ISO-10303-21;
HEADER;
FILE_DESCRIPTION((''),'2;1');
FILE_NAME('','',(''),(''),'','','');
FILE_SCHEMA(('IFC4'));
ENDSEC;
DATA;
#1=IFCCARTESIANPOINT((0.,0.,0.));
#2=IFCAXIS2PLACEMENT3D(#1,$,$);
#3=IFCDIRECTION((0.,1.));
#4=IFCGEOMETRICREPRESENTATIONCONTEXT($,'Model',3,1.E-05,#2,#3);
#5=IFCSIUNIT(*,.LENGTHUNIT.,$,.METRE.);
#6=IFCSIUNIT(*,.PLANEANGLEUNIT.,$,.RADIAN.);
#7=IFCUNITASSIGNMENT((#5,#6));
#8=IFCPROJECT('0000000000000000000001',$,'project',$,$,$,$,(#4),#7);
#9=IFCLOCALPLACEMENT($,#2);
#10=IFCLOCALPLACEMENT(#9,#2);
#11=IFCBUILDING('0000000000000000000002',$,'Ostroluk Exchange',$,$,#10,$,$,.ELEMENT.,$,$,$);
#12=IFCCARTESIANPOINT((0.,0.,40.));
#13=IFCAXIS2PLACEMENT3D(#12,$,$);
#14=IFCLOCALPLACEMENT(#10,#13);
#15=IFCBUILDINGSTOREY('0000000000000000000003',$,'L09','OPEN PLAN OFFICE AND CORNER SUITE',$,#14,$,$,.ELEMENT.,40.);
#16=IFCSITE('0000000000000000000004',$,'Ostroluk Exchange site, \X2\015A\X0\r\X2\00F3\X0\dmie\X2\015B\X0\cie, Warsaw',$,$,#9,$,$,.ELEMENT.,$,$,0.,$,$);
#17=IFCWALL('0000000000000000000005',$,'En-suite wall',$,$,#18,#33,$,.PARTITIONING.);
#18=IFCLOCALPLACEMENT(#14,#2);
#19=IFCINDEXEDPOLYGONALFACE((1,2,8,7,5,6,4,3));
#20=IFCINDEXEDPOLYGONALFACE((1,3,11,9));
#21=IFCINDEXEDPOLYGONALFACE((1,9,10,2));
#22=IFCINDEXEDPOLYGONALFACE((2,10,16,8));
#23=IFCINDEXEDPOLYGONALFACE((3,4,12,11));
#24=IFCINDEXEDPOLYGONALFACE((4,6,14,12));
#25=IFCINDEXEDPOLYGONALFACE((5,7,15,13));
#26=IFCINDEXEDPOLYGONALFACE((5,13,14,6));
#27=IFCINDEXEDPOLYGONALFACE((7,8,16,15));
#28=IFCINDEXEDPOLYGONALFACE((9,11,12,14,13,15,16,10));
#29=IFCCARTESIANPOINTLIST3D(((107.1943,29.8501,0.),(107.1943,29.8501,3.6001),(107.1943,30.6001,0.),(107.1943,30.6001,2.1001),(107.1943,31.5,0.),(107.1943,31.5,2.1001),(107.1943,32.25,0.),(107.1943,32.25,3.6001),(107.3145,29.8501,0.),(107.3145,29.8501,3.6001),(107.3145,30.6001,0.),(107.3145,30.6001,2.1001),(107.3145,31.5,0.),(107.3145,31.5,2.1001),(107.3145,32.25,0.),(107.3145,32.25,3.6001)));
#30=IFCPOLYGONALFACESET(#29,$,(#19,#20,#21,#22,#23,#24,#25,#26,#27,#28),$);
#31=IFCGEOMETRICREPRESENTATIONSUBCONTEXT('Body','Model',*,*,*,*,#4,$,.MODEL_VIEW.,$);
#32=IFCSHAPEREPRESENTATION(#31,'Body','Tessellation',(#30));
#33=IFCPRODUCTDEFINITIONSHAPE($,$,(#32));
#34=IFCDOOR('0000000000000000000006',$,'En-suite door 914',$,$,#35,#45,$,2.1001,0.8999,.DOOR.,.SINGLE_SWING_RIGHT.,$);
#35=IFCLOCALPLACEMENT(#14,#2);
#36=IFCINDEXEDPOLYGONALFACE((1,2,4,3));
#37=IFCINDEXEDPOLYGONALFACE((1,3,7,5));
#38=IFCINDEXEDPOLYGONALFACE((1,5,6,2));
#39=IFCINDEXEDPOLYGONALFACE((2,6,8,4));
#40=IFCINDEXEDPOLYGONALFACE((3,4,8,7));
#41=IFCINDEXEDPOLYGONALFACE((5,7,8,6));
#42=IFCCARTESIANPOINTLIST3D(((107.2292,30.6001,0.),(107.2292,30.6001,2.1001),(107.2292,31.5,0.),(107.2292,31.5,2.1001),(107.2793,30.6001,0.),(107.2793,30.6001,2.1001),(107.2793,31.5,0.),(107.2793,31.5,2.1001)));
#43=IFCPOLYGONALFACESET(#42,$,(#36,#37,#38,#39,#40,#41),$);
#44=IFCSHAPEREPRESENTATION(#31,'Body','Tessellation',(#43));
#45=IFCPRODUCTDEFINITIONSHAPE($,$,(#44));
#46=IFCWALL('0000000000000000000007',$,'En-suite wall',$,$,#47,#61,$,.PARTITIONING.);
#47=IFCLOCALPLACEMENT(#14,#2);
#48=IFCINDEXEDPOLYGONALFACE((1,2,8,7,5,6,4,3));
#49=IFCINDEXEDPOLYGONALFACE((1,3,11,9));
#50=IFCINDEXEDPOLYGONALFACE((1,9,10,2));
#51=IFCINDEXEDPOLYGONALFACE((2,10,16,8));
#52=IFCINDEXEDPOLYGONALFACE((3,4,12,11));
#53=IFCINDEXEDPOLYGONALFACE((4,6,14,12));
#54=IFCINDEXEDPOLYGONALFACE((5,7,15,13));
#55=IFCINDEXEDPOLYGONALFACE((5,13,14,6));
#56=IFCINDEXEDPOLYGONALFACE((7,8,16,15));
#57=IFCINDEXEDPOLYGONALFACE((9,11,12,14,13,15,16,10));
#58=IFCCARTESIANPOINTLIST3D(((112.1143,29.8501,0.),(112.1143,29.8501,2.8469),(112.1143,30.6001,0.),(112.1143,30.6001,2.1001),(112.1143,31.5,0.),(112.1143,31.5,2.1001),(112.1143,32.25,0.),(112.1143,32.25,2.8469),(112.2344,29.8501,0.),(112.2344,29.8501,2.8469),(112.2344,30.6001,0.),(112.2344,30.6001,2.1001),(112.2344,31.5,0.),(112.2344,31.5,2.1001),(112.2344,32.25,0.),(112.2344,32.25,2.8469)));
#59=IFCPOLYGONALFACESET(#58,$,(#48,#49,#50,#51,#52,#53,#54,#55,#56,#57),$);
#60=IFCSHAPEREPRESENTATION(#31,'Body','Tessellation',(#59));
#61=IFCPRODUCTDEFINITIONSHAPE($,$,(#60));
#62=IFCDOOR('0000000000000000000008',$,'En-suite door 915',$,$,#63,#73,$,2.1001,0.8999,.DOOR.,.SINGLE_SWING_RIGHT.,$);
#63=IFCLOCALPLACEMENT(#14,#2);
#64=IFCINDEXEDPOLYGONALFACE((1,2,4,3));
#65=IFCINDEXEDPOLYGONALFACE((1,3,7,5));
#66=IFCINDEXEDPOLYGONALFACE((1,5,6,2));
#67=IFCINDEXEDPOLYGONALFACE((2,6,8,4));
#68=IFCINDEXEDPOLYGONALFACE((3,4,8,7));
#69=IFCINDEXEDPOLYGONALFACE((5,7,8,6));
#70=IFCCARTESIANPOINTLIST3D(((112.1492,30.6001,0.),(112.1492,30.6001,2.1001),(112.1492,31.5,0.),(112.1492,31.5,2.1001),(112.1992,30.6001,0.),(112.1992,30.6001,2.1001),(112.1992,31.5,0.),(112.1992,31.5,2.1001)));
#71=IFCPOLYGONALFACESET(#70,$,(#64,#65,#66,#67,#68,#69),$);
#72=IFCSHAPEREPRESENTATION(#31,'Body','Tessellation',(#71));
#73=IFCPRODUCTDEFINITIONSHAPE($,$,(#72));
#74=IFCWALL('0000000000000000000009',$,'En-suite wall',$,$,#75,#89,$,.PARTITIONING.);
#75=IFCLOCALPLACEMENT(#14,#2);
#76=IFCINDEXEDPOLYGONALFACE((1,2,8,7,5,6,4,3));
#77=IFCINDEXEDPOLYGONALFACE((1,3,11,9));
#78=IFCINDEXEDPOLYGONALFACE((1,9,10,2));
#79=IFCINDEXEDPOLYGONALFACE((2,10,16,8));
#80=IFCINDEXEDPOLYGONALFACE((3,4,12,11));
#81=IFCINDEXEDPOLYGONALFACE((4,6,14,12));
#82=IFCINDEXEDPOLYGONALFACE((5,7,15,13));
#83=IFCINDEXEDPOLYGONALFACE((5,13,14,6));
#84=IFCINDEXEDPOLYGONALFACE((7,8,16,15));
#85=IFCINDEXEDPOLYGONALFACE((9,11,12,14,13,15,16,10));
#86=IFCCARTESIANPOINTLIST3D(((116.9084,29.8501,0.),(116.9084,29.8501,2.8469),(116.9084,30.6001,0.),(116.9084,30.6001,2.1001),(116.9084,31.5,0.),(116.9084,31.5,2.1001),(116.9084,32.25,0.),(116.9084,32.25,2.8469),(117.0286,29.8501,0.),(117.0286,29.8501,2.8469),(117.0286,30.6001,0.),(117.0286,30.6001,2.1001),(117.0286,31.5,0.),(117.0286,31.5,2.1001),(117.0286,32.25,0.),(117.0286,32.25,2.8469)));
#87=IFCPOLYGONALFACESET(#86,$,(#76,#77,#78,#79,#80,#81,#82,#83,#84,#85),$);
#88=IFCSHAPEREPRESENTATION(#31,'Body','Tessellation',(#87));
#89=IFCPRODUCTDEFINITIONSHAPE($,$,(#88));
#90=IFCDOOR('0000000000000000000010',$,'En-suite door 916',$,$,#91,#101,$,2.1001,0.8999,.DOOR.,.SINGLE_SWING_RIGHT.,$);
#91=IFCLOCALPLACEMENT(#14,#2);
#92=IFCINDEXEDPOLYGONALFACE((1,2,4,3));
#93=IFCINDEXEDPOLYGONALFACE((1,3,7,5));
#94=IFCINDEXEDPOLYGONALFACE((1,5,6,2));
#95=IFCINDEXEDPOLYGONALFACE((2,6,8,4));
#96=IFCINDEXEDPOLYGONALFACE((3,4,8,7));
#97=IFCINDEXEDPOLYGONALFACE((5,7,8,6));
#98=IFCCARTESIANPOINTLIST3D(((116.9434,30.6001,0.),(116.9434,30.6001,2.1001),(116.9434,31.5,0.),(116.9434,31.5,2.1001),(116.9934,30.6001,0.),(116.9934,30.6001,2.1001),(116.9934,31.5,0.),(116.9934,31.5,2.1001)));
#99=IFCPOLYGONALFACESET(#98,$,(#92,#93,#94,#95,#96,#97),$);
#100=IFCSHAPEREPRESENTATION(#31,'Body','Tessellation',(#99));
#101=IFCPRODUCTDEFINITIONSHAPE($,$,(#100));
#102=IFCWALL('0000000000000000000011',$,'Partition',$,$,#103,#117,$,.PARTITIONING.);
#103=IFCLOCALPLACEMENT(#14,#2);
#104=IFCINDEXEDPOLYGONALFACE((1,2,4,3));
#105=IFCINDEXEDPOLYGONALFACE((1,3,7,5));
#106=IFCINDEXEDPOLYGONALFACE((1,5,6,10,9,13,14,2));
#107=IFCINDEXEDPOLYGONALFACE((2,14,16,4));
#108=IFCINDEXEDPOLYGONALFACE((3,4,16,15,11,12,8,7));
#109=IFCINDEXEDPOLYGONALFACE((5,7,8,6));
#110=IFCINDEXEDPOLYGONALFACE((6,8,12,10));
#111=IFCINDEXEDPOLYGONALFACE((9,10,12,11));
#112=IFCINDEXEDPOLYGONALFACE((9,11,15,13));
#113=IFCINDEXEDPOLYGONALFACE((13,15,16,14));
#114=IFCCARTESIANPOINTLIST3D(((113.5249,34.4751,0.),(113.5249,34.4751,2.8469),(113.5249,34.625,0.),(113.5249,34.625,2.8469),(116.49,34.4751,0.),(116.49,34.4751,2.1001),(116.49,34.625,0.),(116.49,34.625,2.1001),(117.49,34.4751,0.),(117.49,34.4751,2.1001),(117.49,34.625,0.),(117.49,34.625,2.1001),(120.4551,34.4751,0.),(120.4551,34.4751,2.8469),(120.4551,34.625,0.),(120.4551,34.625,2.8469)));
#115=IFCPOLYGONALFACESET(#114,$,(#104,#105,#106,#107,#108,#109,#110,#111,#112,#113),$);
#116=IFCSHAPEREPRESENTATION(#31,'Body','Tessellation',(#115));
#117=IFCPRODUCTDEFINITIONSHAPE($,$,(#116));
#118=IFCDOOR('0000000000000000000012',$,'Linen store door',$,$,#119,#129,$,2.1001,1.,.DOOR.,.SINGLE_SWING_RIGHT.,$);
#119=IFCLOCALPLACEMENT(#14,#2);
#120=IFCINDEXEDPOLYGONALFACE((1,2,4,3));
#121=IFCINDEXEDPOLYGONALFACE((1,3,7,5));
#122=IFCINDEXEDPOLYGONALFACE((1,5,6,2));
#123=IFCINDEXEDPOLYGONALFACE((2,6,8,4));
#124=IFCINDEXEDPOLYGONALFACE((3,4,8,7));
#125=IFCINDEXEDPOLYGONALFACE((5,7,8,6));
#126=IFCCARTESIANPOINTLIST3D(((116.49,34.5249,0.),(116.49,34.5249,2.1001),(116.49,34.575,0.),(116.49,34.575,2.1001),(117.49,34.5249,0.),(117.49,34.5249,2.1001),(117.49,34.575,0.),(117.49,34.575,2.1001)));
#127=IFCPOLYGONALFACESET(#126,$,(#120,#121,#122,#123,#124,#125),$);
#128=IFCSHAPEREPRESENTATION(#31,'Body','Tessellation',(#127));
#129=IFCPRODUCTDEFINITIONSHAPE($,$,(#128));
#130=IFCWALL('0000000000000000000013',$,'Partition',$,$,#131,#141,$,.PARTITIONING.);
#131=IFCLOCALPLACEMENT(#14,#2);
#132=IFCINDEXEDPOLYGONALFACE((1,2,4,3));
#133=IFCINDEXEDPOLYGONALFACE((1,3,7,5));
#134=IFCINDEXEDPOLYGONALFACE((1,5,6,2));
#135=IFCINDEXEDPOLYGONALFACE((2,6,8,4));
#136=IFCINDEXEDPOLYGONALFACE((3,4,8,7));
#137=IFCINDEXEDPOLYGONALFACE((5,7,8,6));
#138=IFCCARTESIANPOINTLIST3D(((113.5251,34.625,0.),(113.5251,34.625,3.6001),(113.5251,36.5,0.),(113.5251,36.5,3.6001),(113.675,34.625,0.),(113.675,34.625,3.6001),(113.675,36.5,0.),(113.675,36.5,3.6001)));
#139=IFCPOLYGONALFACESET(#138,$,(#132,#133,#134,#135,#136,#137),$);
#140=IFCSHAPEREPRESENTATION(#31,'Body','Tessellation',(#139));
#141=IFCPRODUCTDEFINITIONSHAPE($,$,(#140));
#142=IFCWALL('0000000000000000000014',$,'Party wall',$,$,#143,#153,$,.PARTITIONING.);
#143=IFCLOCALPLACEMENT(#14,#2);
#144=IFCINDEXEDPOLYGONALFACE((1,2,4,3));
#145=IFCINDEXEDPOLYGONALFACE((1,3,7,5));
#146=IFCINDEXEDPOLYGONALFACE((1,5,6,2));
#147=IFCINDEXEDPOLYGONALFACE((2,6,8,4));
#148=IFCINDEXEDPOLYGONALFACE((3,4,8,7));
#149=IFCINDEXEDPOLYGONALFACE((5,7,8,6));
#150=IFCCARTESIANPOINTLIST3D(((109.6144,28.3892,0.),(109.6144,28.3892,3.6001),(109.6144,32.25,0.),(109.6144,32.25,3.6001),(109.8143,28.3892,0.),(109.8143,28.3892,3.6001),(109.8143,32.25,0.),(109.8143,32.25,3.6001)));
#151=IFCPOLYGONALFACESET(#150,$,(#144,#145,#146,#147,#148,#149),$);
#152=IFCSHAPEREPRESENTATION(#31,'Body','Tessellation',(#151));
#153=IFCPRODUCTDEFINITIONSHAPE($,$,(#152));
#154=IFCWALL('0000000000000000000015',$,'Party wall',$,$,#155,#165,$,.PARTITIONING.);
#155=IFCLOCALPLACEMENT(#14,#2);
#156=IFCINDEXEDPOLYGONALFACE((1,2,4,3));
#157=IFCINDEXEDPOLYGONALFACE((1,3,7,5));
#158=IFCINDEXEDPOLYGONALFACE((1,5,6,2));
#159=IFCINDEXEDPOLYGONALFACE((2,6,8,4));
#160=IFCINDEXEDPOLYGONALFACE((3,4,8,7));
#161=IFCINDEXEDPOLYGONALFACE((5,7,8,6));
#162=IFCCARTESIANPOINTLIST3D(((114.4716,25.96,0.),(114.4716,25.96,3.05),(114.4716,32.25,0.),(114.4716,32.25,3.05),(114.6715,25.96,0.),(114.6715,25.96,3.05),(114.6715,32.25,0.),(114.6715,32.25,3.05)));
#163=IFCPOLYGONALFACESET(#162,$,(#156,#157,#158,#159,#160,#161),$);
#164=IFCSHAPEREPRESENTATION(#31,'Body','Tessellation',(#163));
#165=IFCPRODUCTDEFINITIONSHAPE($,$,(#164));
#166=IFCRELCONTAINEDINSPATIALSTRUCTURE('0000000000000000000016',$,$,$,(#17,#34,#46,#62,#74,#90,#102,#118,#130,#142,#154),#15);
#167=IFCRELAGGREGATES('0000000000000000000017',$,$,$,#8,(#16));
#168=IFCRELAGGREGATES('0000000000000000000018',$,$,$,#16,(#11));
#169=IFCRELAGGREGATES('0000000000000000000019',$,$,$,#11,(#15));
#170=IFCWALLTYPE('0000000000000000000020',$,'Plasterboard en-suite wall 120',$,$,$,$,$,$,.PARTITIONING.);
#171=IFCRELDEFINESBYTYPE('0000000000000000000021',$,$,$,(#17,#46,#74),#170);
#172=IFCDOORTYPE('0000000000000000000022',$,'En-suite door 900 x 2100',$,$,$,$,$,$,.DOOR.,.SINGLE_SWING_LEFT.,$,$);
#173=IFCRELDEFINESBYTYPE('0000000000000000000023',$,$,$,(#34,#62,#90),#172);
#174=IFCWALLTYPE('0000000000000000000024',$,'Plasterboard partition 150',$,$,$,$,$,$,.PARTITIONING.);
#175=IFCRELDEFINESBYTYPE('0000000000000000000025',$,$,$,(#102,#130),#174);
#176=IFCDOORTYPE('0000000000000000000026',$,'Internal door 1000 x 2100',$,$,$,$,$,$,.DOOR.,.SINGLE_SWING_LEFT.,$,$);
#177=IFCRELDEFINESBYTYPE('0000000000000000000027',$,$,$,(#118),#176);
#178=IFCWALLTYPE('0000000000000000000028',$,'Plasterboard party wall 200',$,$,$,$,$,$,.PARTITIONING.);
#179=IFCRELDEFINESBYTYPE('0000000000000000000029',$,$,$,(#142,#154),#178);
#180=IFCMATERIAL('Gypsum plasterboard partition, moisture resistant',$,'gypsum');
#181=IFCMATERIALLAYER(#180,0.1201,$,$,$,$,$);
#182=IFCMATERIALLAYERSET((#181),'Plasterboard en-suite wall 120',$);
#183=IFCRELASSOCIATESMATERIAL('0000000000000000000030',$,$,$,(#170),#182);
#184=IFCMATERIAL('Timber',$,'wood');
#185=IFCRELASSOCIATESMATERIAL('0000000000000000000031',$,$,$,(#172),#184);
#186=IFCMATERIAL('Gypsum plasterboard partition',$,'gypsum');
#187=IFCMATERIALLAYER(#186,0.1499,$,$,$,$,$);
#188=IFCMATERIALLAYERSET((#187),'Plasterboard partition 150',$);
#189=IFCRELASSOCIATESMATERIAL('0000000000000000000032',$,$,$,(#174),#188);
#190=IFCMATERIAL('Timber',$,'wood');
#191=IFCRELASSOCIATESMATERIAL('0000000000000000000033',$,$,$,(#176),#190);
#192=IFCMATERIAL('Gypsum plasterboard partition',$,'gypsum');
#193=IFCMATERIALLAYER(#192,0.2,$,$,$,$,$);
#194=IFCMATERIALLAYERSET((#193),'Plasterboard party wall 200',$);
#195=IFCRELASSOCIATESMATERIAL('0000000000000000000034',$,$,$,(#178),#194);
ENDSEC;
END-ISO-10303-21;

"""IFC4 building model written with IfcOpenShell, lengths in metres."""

from ifc_helpers import new_model, si_unit, direction, frame, frame_2d, origin, place, context, subcontext, project, spatial, rectangle, extrude, material, layer, layer_set, type_object, element, fill, save


model = new_model("IFC4")

# Units and contexts
model_context = context("Model", 3, precision=1e-05, world=origin(), true_north=direction((0.0, 1.0)))
body_context = subcontext(model_context, "Body", "Model", "MODEL_VIEW")
ifc_project = project(units=[si_unit("LENGTHUNIT", "METRE"), si_unit("PLANEANGLEUNIT", "RADIAN")], contexts=[model_context])

# Site, building, storey
site_placement = place(None, origin())
site = spatial("IfcSite", under=ifc_project, at=site_placement, Name="Ostroluk Exchange site, Śródmieście, Warsaw", CompositionType="ELEMENT", RefElevation=0.0)
building_placement = place(site_placement, origin())
building = spatial("IfcBuilding", under=site, at=building_placement, Name="Ostroluk Exchange", CompositionType="ELEMENT")
storey_placement = place(building_placement, frame((0.0, 0.0, 40.0)))
storey = spatial("IfcBuildingStorey", under=building, at=storey_placement, Name="L09", Description="OPEN PLAN OFFICE AND CORNER SUITE", CompositionType="ELEMENT", Elevation=40.0)

# Walls, openings, doors
ifc_material_1 = material(Name="Gypsum plasterboard partition, moisture resistant", Category="gypsum")
ifc_layer_1 = layer(ifc_material_1, 0.1201)
ifc_layer_set_1 = layer_set([ifc_layer_1], Name="Plasterboard en-suite wall 120")
wall_type_1 = type_object("IfcWallType", Name="Plasterboard en-suite wall 120", PredefinedType="PARTITIONING", material=ifc_layer_set_1)
wall_1_placement = place(storey_placement, frame((107.2544, 32.25, 0.0), z_axis=(0.0, 0.0, 1.0), x_axis=(0.0, -1.0, 0.0)))
wall_1 = element("IfcWall", 1, at=wall_1_placement, inside=storey, type_object=wall_type_1, Name="En-suite wall", PredefinedType="PARTITIONING", context=body_context, shape_type="SweptSolid", body=[
    extrude(rectangle(XDim=2.3999, YDim=0.1201, at=frame_2d((1.2, 0.0))), origin(), (0.0, 0.0, 1.0), 3.6001),
])
opening_1_placement = place(wall_1_placement, frame((0.75, 0.0, 0.0)))
opening_1 = element("IfcOpeningElement", 2, at=opening_1_placement, cuts=wall_1, PredefinedType="OPENING", context=body_context, shape_type="SweptSolid", body=[
    extrude(rectangle(XDim=0.8999, YDim=2.1001, at=frame_2d((0.45, 1.05))), frame((0.0, 0.0701, 0.0), z_axis=(0.0, -1.0, 0.0), x_axis=(1.0, 0.0, 0.0)), (0.0, 0.0, 1.0), 0.1401),
])
ifc_material_2 = material(Name="Timber", Category="wood")
door_type_1 = type_object("IfcDoorType", Name="En-suite door 900 x 2100", OperationType="SINGLE_SWING_LEFT", PredefinedType="DOOR", material=ifc_material_2)
door_1_placement = place(opening_1_placement, origin())
door_1 = element("IfcDoor", 3, at=door_1_placement, inside=storey, type_object=door_type_1, Name="En-suite door 914", OperationType="SINGLE_SWING_RIGHT", OverallHeight=2.1001, OverallWidth=0.8999, PredefinedType="DOOR", context=body_context, shape_type="SweptSolid", body=[
    extrude(rectangle(XDim=0.8999, YDim=2.1001, at=frame_2d((0.45, 1.05))), frame((0.0, 0.0249, 0.0), z_axis=(0.0, -1.0, 0.0), x_axis=(1.0, 0.0, 0.0)), (0.0, 0.0, 1.0), 0.05),
])
fill(opening_1, door_1)
wall_2_placement = place(storey_placement, frame((112.1743, 32.25, 0.0), z_axis=(0.0, 0.0, 1.0), x_axis=(0.0, -1.0, 0.0)))
wall_2 = element("IfcWall", 4, at=wall_2_placement, inside=storey, type_object=wall_type_1, Name="En-suite wall", PredefinedType="PARTITIONING", context=body_context, shape_type="SweptSolid", body=[
    extrude(rectangle(XDim=2.3999, YDim=0.1201, at=frame_2d((1.2, 0.0))), origin(), (0.0, 0.0, 1.0), 2.8469),
])
opening_2_placement = place(wall_2_placement, frame((0.75, 0.0, 0.0)))
opening_2 = element("IfcOpeningElement", 5, at=opening_2_placement, cuts=wall_2, PredefinedType="OPENING", context=body_context, shape_type="SweptSolid", body=[
    extrude(rectangle(XDim=0.8999, YDim=2.1001, at=frame_2d((0.45, 1.05))), frame((0.0, 0.0701, 0.0), z_axis=(0.0, -1.0, 0.0), x_axis=(1.0, 0.0, 0.0)), (0.0, 0.0, 1.0), 0.1401),
])
door_2_placement = place(opening_2_placement, origin())
door_2 = element("IfcDoor", 6, at=door_2_placement, inside=storey, type_object=door_type_1, Name="En-suite door 915", OperationType="SINGLE_SWING_RIGHT", OverallHeight=2.1001, OverallWidth=0.8999, PredefinedType="DOOR", context=body_context, shape_type="SweptSolid", body=[
    extrude(rectangle(XDim=0.8999, YDim=2.1001, at=frame_2d((0.45, 1.05))), frame((0.0, 0.0249, 0.0), z_axis=(0.0, -1.0, 0.0), x_axis=(1.0, 0.0, 0.0)), (0.0, 0.0, 1.0), 0.05),
])
fill(opening_2, door_2)
wall_3_placement = place(storey_placement, frame((116.9685, 32.25, 0.0), z_axis=(0.0, 0.0, 1.0), x_axis=(0.0, -1.0, 0.0)))
wall_3 = element("IfcWall", 7, at=wall_3_placement, inside=storey, type_object=wall_type_1, Name="En-suite wall", PredefinedType="PARTITIONING", context=body_context, shape_type="SweptSolid", body=[
    extrude(rectangle(XDim=2.3999, YDim=0.1201, at=frame_2d((1.2, 0.0))), origin(), (0.0, 0.0, 1.0), 2.8469),
])
opening_3_placement = place(wall_3_placement, frame((0.75, 0.0, 0.0)))
opening_3 = element("IfcOpeningElement", 8, at=opening_3_placement, cuts=wall_3, PredefinedType="OPENING", context=body_context, shape_type="SweptSolid", body=[
    extrude(rectangle(XDim=0.8999, YDim=2.1001, at=frame_2d((0.45, 1.05))), frame((0.0, 0.0701, 0.0), z_axis=(0.0, -1.0, 0.0), x_axis=(1.0, 0.0, 0.0)), (0.0, 0.0, 1.0), 0.1401),
])
door_3_placement = place(opening_3_placement, origin())
door_3 = element("IfcDoor", 9, at=door_3_placement, inside=storey, type_object=door_type_1, Name="En-suite door 916", OperationType="SINGLE_SWING_RIGHT", OverallHeight=2.1001, OverallWidth=0.8999, PredefinedType="DOOR", context=body_context, shape_type="SweptSolid", body=[
    extrude(rectangle(XDim=0.8999, YDim=2.1001, at=frame_2d((0.45, 1.05))), frame((0.0, 0.0249, 0.0), z_axis=(0.0, -1.0, 0.0), x_axis=(1.0, 0.0, 0.0)), (0.0, 0.0, 1.0), 0.05),
])
fill(opening_3, door_3)
ifc_material_3 = material(Name="Gypsum plasterboard partition", Category="gypsum")
ifc_layer_2 = layer(ifc_material_3, 0.1499)
ifc_layer_set_2 = layer_set([ifc_layer_2], Name="Plasterboard partition 150")
wall_type_2 = type_object("IfcWallType", Name="Plasterboard partition 150", PredefinedType="PARTITIONING", material=ifc_layer_set_2)
wall_4_placement = place(storey_placement, frame((113.5249, 34.55, 0.0), z_axis=(0.0, 0.0, 1.0), x_axis=(1.0, 0.0, 0.0)))
wall_4 = element("IfcWall", 10, at=wall_4_placement, inside=storey, type_object=wall_type_2, Name="Partition", PredefinedType="PARTITIONING", context=body_context, shape_type="SweptSolid", body=[
    extrude(rectangle(XDim=6.9302, YDim=0.1499, at=frame_2d((3.4651, 0.0))), origin(), (0.0, 0.0, 1.0), 2.8469),
])
opening_4_placement = place(wall_4_placement, frame((2.9651, 0.0, 0.0)))
opening_4 = element("IfcOpeningElement", 11, at=opening_4_placement, cuts=wall_4, PredefinedType="OPENING", context=body_context, shape_type="SweptSolid", body=[
    extrude(rectangle(XDim=1.0, YDim=2.1001, at=frame_2d((0.5, 1.05))), frame((0.0, 0.085, 0.0), z_axis=(0.0, -1.0, 0.0), x_axis=(1.0, 0.0, 0.0)), (0.0, 0.0, 1.0), 0.1699),
])
ifc_material_4 = material(Name="Timber", Category="wood")
door_type_2 = type_object("IfcDoorType", Name="Internal door 1000 x 2100", OperationType="SINGLE_SWING_LEFT", PredefinedType="DOOR", material=ifc_material_4)
door_4_placement = place(opening_4_placement, origin())
door_4 = element("IfcDoor", 12, at=door_4_placement, inside=storey, type_object=door_type_2, Name="Linen store door", OperationType="SINGLE_SWING_RIGHT", OverallHeight=2.1001, OverallWidth=1.0, PredefinedType="DOOR", context=body_context, shape_type="SweptSolid", body=[
    extrude(rectangle(XDim=1.0, YDim=2.1001, at=frame_2d((0.5, 1.05))), frame((0.0, 0.0249, 0.0), z_axis=(0.0, -1.0, 0.0), x_axis=(1.0, 0.0, 0.0)), (0.0, 0.0, 1.0), 0.05),
])
fill(opening_4, door_4)

# Walls
wall_5_placement = place(storey_placement, frame((113.6001, 36.5, 0.0), z_axis=(0.0, 0.0, 1.0), x_axis=(0.0, -1.0, 0.0)))
element("IfcWall", 13, at=wall_5_placement, inside=storey, type_object=wall_type_2, Name="Partition", PredefinedType="PARTITIONING", context=body_context, shape_type="SweptSolid", body=[
    extrude(rectangle(XDim=1.875, YDim=0.1499, at=frame_2d((0.9375, 0.0))), origin(), (0.0, 0.0, 1.0), 3.6001),
])
ifc_material_5 = material(Name="Gypsum plasterboard partition", Category="gypsum")
ifc_layer_3 = layer(ifc_material_5, 0.2)
ifc_layer_set_3 = layer_set([ifc_layer_3], Name="Plasterboard party wall 200")
wall_type_3 = type_object("IfcWallType", Name="Plasterboard party wall 200", PredefinedType="PARTITIONING", material=ifc_layer_set_3)
wall_6_placement = place(storey_placement, frame((109.7144, 32.25, 0.0), z_axis=(0.0, 0.0, 1.0), x_axis=(0.0, -1.0, 0.0)))
element("IfcWall", 14, at=wall_6_placement, inside=storey, type_object=wall_type_3, Name="Party wall", PredefinedType="PARTITIONING", context=body_context, shape_type="SweptSolid", body=[
    extrude(rectangle(XDim=3.8608, YDim=0.2, at=frame_2d((1.9304, 0.0))), origin(), (0.0, 0.0, 1.0), 3.6001),
])
wall_7_placement = place(storey_placement, frame((114.5715, 32.25, 0.0), z_axis=(0.0, 0.0, 1.0), x_axis=(0.0, -1.0, 0.0)))
element("IfcWall", 15, at=wall_7_placement, inside=storey, type_object=wall_type_3, Name="Party wall", PredefinedType="PARTITIONING", context=body_context, shape_type="SweptSolid", body=[
    extrude(rectangle(XDim=6.29, YDim=0.2, at=frame_2d((3.145, 0.0))), origin(), (0.0, 0.0, 1.0), 3.05),
])

save(model, "model.ifc")
